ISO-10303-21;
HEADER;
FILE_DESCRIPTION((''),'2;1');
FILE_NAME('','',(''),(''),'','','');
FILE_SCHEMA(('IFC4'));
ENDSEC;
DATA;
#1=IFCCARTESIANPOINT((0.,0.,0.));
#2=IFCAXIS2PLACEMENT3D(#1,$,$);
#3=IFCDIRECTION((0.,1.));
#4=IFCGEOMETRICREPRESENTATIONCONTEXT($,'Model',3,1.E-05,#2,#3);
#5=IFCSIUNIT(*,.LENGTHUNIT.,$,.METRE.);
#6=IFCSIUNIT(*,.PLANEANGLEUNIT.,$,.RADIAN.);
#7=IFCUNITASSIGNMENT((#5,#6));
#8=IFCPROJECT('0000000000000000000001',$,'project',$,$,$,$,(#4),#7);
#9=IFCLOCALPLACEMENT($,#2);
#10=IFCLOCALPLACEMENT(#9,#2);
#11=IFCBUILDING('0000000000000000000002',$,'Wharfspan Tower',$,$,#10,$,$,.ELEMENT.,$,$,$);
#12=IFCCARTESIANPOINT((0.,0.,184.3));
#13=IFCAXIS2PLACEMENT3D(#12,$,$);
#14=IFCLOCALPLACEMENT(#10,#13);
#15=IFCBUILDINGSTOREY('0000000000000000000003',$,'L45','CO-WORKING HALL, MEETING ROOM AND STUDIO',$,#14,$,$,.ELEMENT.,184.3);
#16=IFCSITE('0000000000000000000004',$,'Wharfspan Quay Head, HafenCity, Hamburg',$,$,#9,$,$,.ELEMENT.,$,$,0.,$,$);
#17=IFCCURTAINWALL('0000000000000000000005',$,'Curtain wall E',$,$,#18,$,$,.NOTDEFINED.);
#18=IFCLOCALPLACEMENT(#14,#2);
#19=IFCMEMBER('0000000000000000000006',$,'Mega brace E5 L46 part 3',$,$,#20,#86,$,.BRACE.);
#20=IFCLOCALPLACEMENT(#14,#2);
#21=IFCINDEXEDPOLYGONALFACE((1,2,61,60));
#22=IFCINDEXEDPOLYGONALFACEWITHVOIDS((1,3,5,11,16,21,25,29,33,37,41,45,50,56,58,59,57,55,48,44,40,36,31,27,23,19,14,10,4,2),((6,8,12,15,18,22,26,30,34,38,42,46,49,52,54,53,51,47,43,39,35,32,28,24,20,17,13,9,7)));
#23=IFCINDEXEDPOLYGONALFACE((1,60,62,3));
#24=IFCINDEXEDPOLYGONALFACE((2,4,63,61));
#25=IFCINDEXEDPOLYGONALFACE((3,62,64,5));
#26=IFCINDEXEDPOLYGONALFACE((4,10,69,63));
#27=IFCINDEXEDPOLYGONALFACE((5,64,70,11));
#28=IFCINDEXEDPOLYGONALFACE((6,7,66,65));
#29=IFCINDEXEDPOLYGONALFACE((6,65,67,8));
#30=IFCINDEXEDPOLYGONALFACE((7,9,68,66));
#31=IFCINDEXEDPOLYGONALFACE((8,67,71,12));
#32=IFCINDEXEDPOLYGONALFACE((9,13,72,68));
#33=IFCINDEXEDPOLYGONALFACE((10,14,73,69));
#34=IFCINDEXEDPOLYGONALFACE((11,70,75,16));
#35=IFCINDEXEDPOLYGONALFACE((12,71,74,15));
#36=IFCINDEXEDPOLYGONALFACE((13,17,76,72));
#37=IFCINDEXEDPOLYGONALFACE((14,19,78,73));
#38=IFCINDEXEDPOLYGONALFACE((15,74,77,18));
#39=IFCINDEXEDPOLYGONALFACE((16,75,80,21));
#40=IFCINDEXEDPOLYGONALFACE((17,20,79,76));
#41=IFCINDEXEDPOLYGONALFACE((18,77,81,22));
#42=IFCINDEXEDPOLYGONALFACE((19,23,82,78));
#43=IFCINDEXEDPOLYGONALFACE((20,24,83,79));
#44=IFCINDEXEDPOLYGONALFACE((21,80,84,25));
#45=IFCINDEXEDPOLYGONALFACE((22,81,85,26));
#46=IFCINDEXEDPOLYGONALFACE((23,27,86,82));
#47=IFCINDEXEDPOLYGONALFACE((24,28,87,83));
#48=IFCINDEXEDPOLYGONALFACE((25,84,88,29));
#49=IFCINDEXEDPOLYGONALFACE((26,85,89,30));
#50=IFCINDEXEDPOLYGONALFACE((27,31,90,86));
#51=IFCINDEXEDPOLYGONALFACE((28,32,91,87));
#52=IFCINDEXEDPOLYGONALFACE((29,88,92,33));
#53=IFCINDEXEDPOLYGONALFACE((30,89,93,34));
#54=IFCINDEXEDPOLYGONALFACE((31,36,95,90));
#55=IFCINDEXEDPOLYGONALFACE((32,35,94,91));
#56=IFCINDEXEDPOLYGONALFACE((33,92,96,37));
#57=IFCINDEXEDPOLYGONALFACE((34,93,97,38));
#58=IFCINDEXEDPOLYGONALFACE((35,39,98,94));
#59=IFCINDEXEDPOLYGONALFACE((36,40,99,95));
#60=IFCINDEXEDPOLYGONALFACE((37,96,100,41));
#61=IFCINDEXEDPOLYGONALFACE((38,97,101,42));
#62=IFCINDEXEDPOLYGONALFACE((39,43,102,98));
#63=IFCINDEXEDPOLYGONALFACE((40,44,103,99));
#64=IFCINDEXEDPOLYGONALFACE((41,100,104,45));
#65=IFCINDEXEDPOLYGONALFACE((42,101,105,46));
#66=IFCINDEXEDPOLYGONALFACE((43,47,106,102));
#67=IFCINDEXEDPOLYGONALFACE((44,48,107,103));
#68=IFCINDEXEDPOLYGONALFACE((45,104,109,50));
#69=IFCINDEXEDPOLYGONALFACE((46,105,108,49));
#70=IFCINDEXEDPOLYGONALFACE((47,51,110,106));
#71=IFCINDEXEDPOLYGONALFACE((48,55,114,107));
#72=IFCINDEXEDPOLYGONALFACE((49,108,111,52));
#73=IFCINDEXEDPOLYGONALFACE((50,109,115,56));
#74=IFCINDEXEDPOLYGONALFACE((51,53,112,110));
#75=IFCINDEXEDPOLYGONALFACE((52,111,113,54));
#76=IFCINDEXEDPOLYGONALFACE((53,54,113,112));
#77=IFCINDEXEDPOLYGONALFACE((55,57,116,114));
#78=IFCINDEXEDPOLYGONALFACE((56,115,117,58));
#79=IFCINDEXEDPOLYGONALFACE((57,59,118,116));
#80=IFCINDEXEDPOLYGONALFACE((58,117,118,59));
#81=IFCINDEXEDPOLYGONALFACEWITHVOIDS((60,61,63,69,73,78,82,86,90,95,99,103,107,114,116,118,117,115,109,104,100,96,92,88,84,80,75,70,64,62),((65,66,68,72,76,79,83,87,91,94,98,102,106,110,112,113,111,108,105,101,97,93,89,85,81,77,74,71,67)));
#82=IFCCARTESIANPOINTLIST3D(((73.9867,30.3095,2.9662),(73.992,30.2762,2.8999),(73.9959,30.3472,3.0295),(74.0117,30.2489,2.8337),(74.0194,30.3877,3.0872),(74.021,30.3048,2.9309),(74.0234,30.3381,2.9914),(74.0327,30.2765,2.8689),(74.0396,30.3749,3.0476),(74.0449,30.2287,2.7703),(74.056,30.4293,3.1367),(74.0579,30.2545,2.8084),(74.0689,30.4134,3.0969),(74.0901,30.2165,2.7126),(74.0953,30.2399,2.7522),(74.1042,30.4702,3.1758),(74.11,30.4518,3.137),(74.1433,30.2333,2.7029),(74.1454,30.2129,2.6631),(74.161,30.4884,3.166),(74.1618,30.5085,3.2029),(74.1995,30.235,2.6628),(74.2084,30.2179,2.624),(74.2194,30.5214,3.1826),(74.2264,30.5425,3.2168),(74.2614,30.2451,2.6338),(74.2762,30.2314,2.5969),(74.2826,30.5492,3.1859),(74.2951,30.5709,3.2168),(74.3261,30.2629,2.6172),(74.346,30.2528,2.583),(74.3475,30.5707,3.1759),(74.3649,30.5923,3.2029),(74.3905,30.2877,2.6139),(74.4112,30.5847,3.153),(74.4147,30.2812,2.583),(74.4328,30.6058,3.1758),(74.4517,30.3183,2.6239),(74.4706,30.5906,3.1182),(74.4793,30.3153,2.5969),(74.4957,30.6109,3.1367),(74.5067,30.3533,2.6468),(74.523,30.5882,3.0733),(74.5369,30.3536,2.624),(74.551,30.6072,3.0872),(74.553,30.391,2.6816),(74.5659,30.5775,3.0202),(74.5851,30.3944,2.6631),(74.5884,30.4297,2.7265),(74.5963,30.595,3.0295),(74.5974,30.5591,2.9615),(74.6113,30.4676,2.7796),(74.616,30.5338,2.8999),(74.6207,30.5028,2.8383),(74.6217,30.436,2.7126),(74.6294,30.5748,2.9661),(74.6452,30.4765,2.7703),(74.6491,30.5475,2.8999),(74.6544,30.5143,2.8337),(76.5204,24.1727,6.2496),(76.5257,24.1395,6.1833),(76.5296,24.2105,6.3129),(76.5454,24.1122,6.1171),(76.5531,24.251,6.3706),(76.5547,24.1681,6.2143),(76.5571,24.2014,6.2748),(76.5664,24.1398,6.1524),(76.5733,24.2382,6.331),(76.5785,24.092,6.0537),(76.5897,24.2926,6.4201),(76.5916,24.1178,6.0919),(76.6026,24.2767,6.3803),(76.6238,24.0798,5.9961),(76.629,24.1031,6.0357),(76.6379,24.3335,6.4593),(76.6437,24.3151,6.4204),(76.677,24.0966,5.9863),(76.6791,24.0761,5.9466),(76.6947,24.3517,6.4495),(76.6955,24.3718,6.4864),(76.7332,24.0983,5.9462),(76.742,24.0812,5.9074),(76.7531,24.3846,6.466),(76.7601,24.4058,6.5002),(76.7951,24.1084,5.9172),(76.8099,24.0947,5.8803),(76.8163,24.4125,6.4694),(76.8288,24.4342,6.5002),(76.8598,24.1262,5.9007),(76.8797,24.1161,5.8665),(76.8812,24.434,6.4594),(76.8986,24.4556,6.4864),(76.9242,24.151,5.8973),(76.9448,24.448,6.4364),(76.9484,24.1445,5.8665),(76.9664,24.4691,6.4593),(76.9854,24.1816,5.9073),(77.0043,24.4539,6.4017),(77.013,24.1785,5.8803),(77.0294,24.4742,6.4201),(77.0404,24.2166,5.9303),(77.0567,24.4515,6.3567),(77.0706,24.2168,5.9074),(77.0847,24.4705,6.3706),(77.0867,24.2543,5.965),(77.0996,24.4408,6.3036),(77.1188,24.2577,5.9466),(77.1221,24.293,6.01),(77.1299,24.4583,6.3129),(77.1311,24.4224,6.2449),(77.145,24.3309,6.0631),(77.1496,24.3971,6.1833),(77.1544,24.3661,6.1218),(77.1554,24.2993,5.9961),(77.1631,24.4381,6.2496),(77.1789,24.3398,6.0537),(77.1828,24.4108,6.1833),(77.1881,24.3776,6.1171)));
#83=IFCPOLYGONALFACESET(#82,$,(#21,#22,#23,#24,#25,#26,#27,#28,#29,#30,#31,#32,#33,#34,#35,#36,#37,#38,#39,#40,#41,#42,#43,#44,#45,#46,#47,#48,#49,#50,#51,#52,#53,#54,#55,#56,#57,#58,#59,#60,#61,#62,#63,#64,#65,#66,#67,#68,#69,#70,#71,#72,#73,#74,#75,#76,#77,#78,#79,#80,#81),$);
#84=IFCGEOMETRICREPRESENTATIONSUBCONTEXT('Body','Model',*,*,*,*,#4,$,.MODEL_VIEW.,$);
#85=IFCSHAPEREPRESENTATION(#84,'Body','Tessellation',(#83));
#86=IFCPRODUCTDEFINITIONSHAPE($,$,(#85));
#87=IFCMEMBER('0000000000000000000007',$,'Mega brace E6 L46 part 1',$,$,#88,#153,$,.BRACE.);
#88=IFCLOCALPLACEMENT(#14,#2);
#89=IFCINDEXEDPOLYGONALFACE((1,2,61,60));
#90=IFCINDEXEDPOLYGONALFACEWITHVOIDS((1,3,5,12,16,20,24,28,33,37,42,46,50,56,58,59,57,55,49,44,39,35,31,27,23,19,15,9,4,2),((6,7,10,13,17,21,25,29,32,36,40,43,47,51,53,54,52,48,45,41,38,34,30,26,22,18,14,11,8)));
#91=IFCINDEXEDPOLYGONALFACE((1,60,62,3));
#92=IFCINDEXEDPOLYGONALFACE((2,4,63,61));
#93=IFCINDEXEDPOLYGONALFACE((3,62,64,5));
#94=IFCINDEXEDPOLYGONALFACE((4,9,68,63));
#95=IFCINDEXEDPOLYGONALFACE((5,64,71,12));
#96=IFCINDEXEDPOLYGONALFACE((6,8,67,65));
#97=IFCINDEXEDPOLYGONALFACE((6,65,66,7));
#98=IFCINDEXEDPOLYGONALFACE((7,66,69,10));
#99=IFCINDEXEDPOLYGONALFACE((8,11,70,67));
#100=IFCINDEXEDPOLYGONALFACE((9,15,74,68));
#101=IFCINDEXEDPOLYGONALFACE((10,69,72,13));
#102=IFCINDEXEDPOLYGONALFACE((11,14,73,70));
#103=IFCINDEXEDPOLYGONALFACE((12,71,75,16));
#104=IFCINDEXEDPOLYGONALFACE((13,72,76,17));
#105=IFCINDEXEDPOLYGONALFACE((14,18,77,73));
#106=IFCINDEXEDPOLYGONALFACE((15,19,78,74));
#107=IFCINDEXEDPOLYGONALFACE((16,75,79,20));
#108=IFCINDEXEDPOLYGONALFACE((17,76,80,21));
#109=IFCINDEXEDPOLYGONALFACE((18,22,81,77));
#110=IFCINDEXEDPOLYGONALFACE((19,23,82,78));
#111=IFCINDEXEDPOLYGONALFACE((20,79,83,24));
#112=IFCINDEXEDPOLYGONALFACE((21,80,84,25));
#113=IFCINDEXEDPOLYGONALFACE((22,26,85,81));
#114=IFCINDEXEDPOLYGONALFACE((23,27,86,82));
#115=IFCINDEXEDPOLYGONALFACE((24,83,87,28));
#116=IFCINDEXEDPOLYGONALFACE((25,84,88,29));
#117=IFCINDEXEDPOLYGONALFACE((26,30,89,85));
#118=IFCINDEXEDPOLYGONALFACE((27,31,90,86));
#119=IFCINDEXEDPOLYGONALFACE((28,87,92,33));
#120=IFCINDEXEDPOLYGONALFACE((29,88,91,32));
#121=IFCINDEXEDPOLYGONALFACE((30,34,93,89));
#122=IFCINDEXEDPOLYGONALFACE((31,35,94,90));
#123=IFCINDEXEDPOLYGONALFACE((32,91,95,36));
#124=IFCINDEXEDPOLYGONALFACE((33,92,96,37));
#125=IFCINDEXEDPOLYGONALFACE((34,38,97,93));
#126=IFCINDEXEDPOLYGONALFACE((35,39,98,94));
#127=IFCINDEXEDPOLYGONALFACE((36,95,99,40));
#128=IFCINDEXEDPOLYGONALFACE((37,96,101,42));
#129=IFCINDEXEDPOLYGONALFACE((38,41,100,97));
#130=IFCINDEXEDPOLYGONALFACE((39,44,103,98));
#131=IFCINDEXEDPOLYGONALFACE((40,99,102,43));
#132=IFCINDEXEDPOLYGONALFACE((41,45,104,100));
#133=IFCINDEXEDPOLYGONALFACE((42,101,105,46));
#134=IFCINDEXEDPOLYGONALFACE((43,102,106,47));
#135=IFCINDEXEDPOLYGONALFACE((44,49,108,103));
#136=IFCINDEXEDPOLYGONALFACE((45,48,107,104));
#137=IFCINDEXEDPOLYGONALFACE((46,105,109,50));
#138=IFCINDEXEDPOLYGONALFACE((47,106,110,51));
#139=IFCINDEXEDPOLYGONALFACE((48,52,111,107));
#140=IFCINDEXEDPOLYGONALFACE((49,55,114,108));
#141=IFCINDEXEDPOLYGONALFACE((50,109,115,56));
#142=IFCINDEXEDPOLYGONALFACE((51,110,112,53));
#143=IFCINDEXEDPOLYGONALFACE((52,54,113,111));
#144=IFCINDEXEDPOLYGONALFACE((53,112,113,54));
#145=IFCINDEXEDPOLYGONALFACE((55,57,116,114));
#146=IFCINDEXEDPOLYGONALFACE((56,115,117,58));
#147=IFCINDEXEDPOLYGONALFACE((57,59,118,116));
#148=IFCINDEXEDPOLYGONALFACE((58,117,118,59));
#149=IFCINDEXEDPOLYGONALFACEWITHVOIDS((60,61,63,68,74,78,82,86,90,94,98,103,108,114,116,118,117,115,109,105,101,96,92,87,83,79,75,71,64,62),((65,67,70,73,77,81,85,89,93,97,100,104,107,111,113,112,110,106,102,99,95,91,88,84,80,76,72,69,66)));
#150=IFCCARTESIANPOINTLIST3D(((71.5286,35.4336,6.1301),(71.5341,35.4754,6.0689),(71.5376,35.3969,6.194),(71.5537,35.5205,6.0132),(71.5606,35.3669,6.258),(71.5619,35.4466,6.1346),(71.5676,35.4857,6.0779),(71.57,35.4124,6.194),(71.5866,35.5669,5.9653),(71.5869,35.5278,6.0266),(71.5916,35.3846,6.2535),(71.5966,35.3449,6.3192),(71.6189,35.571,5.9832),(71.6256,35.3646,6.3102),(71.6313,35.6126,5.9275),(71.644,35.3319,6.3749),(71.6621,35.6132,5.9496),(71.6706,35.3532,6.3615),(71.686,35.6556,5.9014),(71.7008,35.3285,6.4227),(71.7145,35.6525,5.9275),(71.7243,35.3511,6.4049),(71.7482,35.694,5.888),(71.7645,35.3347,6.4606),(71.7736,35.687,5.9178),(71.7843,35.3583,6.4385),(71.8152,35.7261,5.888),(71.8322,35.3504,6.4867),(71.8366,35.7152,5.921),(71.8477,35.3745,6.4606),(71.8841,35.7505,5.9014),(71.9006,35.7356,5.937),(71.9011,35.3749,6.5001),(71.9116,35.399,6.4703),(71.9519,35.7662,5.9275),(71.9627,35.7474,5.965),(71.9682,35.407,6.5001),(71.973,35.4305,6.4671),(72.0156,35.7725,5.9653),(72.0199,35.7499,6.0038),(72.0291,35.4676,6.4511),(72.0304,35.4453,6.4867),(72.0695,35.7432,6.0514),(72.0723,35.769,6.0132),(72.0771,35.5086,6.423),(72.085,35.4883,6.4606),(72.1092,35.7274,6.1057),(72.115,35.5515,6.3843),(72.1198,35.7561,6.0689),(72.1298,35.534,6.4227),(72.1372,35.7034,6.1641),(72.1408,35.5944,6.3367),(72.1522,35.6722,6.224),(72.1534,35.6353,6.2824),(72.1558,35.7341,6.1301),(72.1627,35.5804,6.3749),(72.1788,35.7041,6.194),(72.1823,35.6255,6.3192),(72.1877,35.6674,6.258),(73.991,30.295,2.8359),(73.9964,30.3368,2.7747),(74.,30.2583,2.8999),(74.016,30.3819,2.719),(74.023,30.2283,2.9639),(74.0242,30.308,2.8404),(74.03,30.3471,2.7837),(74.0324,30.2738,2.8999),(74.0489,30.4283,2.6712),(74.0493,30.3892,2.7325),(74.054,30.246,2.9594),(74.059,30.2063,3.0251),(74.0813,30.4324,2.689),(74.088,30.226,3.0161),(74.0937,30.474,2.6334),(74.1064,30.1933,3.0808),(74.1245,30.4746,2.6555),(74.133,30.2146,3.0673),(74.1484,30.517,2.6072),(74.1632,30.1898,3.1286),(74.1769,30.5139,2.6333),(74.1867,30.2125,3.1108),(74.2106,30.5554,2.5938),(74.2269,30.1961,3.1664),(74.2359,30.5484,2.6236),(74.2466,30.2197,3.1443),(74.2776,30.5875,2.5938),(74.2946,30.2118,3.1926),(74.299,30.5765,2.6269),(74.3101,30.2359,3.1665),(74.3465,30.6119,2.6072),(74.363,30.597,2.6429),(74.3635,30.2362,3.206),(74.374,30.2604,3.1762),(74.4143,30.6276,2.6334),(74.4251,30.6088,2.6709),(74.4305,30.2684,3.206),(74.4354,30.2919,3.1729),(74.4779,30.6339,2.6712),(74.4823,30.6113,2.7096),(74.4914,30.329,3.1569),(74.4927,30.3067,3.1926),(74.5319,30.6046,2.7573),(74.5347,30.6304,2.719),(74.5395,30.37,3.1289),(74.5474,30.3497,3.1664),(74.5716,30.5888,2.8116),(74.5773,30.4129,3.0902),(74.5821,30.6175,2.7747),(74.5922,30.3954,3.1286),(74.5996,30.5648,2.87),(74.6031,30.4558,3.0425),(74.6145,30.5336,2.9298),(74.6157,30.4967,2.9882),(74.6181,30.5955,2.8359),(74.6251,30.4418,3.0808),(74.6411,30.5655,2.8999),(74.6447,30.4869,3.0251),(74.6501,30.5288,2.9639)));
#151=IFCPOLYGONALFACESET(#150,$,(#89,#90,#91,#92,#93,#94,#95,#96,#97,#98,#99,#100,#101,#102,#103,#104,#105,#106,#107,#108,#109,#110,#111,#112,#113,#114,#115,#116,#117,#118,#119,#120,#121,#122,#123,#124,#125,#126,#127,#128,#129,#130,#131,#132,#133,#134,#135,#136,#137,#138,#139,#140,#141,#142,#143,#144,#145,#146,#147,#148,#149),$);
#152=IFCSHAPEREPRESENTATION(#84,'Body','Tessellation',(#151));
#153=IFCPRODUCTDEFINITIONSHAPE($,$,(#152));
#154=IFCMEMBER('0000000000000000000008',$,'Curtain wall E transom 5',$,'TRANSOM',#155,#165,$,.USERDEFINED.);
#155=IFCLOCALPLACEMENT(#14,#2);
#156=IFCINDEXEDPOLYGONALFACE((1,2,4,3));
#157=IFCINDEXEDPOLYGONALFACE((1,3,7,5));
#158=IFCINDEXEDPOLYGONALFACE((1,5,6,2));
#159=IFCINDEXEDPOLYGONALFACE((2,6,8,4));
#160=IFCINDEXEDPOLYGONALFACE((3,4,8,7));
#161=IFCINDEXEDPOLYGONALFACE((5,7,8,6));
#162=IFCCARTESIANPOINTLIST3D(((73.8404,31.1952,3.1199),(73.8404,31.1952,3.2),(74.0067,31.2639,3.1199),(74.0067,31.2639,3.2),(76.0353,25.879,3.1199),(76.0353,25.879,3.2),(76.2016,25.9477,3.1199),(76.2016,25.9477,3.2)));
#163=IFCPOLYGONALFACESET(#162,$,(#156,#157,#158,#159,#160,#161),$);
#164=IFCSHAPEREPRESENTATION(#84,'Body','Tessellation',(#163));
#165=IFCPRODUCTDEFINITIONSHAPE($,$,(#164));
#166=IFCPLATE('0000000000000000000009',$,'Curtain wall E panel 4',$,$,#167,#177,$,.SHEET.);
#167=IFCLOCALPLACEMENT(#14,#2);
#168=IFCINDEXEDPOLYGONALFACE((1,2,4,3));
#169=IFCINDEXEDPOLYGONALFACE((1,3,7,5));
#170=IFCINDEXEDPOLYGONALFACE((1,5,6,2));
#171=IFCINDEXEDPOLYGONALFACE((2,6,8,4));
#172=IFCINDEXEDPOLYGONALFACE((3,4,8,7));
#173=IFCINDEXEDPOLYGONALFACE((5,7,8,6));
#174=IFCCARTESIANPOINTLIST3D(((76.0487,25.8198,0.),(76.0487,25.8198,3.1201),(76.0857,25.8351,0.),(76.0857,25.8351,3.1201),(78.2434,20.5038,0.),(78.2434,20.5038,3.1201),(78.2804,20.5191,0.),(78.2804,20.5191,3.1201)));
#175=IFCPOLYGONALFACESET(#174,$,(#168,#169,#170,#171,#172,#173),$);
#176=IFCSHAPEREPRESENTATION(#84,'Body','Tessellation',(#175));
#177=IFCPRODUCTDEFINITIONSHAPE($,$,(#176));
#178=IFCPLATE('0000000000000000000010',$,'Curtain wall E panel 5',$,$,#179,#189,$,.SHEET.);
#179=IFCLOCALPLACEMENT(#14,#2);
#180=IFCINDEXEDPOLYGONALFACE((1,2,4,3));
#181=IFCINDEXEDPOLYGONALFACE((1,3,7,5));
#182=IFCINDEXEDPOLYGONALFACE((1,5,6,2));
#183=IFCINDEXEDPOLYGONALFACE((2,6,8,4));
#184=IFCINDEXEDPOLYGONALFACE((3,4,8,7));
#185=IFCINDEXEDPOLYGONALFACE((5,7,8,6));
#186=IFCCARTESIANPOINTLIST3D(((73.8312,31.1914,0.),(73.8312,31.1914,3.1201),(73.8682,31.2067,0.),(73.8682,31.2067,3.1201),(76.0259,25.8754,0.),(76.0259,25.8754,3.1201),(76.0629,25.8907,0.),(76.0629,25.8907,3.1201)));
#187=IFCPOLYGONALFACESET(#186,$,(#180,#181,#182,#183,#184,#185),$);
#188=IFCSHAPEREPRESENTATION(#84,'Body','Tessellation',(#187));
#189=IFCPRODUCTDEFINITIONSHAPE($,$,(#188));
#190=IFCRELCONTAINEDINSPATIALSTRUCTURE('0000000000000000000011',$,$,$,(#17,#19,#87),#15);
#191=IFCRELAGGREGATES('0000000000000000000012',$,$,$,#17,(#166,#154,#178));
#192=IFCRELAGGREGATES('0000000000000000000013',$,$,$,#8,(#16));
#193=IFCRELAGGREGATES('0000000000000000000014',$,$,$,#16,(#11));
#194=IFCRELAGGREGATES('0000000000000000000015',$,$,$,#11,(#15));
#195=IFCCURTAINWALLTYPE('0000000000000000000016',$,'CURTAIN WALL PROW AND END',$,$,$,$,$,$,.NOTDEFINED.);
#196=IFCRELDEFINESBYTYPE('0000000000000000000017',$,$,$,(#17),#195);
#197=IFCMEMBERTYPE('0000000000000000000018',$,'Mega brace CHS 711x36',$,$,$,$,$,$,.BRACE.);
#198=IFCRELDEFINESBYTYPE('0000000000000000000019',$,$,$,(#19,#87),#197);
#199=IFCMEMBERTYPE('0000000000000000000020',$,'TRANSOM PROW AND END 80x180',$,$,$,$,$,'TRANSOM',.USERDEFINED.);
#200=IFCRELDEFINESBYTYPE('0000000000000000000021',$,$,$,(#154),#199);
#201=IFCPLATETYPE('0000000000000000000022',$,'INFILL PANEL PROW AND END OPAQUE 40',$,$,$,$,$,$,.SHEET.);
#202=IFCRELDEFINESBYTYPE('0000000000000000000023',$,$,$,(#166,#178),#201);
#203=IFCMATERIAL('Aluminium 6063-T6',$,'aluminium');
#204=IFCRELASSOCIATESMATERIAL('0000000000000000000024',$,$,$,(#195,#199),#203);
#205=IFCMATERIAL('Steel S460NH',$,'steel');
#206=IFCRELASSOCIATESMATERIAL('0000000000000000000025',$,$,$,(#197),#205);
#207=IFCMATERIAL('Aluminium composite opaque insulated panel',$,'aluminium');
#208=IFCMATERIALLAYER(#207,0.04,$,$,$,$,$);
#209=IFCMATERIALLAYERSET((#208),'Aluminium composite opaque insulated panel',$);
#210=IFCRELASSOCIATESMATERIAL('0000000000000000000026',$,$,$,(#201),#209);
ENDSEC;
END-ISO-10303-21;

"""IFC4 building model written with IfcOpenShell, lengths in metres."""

from ifc_helpers import new_model, si_unit, direction, frame, origin, origin_2d, place, context, subcontext, project, spatial, rectangle, hollow_circle, extrude, material, layer, layer_set, material_profile, profile_set, type_object, element, aggregate, save


model = new_model("IFC4")

# Units and contexts
model_context = context("Model", 3, precision=1e-05, world=origin(), true_north=direction((0.0, 1.0)))
body_context = subcontext(model_context, "Body", "Model", "MODEL_VIEW")
ifc_project = project(units=[si_unit("LENGTHUNIT", "METRE"), si_unit("PLANEANGLEUNIT", "RADIAN")], contexts=[model_context])

# Site, building, storey
site_placement = place(None, origin())
site = spatial("IfcSite", under=ifc_project, at=site_placement, Name="Wharfspan Quay Head, HafenCity, Hamburg", CompositionType="ELEMENT", RefElevation=0.0)
building_placement = place(site_placement, origin())
building = spatial("IfcBuilding", under=site, at=building_placement, Name="Wharfspan Tower", CompositionType="ELEMENT")
storey_placement = place(building_placement, frame((0.0, 0.0, 184.3)))
storey = spatial("IfcBuildingStorey", under=building, at=storey_placement, Name="L45", Description="CO-WORKING HALL, MEETING ROOM AND STUDIO", CompositionType="ELEMENT", Elevation=184.3)

# Curtain wall
ifc_material_1 = material(Name="Aluminium 6063-T6", Category="aluminium")
curtain_wall_type = type_object("IfcCurtainWallType", Name="CURTAIN WALL PROW AND END", PredefinedType="NOTDEFINED", material=ifc_material_1)
curtain_wall_placement = place(storey_placement, origin())
curtain_wall = element("IfcCurtainWall", 1, at=curtain_wall_placement, inside=storey, type_object=curtain_wall_type, Name="Curtain wall E", PredefinedType="NOTDEFINED")

# Members
ifc_material_2 = material(Name="Steel S460NH", Category="steel")
ifc_material_profile_1 = material_profile(ifc_material_2, hollow_circle(Radius=0.3555, WallThickness=0.0359, at=origin_2d()))
ifc_profile_set_1 = profile_set([ifc_material_profile_1], Name="Steel S460NH")
member_type_1 = type_object("IfcMemberType", Name="Mega brace CHS 711x36", PredefinedType="BRACE", material=ifc_profile_set_1)
member_1_placement = place(storey_placement, frame((74.3206, 30.4119, 2.8999), z_axis=(0.342079, -0.828531, 0.443305), x_axis=(0.924316, 0.381624, -0.000004)))
element("IfcMember", 2, at=member_1_placement, inside=storey, type_object=member_type_1, Name="Mega brace E5 L46 part 3", PredefinedType="BRACE", context=body_context, shape_type="SweptSolid", body=[
    extrude(hollow_circle(Radius=0.3555, WallThickness=0.0359, at=origin_2d()), origin(), (0.0, 0.0, 1.0), 7.4067),
])
member_2_placement = place(storey_placement, frame((74.3206, 30.4119, 2.8999), z_axis=(-0.374119, 0.780731, 0.500494), x_axis=(-0.90181, -0.432137, -0.000003)))
element("IfcMember", 3, at=member_2_placement, inside=storey, type_object=member_type_1, Name="Mega brace E6 L46 part 1", PredefinedType="BRACE", context=body_context, shape_type="SweptSolid", body=[
    extrude(hollow_circle(Radius=0.3555, WallThickness=0.0359, at=origin_2d()), origin(), (0.0, 0.0, 1.0), 6.5818),
])

# Member
ifc_material_profile_2 = material_profile(ifc_material_1, rectangle(XDim=0.1799, YDim=0.0801, at=origin_2d()))
ifc_profile_set_2 = profile_set([ifc_material_profile_2], Name="Aluminium 6063-T6")
member_type_2 = type_object("IfcMemberType", Name="TRANSOM PROW AND END 80x180", ElementType="TRANSOM", PredefinedType="USERDEFINED", material=ifc_profile_set_2)
member_3_placement = place(storey_placement, frame((76.1184, 25.9133, 3.1599), z_axis=(-0.381614, 0.924322, 0.0), x_axis=(-0.924322, -0.381614, 0.0)))
member_3 = element("IfcMember", 4, at=member_3_placement, type_object=member_type_2, Name="Curtain wall E transom 5", ObjectType="TRANSOM", PredefinedType="USERDEFINED", context=body_context, shape_type="SweptSolid", body=[
    extrude(rectangle(XDim=0.1799, YDim=0.0801, at=origin_2d()), origin(), (0.0, 0.0, 1.0), 5.7515),
])

# Plates
ifc_material_3 = material(Name="Aluminium composite opaque insulated panel", Category="aluminium")
ifc_layer_1 = layer(ifc_material_3, 0.04)
ifc_layer_set_1 = layer_set([ifc_layer_1], Name="Aluminium composite opaque insulated panel")
plate_type = type_object("IfcPlateType", Name="INFILL PANEL PROW AND END OPAQUE 40", PredefinedType="SHEET", material=ifc_layer_set_1)
plate_1_placement = place(storey_placement, frame((77.1646, 23.1694, 0.0), z_axis=(0.0, 0.0, 1.0), x_axis=(-0.381602, 0.924325, 0.0)))
plate_1 = element("IfcPlate", 5, at=plate_1_placement, type_object=plate_type, Name="Curtain wall E panel 4", PredefinedType="SHEET", context=body_context, shape_type="SweptSolid", body=[
    extrude(rectangle(XDim=5.7512, YDim=0.04, at=origin_2d()), origin(), (0.0, 0.0, 1.0), 3.1201),
])
plate_2_placement = place(storey_placement, frame((74.947, 28.541, 0.0), z_axis=(0.0, 0.0, 1.0), x_axis=(-0.381602, 0.924325, 0.0)))
plate_2 = element("IfcPlate", 6, at=plate_2_placement, type_object=plate_type, Name="Curtain wall E panel 5", PredefinedType="SHEET", context=body_context, shape_type="SweptSolid", body=[
    extrude(rectangle(XDim=5.7512, YDim=0.04, at=origin_2d()), origin(), (0.0, 0.0, 1.0), 3.1201),
])
aggregate(curtain_wall, [plate_1, member_3, plate_2])

save(model, "model.ifc")
